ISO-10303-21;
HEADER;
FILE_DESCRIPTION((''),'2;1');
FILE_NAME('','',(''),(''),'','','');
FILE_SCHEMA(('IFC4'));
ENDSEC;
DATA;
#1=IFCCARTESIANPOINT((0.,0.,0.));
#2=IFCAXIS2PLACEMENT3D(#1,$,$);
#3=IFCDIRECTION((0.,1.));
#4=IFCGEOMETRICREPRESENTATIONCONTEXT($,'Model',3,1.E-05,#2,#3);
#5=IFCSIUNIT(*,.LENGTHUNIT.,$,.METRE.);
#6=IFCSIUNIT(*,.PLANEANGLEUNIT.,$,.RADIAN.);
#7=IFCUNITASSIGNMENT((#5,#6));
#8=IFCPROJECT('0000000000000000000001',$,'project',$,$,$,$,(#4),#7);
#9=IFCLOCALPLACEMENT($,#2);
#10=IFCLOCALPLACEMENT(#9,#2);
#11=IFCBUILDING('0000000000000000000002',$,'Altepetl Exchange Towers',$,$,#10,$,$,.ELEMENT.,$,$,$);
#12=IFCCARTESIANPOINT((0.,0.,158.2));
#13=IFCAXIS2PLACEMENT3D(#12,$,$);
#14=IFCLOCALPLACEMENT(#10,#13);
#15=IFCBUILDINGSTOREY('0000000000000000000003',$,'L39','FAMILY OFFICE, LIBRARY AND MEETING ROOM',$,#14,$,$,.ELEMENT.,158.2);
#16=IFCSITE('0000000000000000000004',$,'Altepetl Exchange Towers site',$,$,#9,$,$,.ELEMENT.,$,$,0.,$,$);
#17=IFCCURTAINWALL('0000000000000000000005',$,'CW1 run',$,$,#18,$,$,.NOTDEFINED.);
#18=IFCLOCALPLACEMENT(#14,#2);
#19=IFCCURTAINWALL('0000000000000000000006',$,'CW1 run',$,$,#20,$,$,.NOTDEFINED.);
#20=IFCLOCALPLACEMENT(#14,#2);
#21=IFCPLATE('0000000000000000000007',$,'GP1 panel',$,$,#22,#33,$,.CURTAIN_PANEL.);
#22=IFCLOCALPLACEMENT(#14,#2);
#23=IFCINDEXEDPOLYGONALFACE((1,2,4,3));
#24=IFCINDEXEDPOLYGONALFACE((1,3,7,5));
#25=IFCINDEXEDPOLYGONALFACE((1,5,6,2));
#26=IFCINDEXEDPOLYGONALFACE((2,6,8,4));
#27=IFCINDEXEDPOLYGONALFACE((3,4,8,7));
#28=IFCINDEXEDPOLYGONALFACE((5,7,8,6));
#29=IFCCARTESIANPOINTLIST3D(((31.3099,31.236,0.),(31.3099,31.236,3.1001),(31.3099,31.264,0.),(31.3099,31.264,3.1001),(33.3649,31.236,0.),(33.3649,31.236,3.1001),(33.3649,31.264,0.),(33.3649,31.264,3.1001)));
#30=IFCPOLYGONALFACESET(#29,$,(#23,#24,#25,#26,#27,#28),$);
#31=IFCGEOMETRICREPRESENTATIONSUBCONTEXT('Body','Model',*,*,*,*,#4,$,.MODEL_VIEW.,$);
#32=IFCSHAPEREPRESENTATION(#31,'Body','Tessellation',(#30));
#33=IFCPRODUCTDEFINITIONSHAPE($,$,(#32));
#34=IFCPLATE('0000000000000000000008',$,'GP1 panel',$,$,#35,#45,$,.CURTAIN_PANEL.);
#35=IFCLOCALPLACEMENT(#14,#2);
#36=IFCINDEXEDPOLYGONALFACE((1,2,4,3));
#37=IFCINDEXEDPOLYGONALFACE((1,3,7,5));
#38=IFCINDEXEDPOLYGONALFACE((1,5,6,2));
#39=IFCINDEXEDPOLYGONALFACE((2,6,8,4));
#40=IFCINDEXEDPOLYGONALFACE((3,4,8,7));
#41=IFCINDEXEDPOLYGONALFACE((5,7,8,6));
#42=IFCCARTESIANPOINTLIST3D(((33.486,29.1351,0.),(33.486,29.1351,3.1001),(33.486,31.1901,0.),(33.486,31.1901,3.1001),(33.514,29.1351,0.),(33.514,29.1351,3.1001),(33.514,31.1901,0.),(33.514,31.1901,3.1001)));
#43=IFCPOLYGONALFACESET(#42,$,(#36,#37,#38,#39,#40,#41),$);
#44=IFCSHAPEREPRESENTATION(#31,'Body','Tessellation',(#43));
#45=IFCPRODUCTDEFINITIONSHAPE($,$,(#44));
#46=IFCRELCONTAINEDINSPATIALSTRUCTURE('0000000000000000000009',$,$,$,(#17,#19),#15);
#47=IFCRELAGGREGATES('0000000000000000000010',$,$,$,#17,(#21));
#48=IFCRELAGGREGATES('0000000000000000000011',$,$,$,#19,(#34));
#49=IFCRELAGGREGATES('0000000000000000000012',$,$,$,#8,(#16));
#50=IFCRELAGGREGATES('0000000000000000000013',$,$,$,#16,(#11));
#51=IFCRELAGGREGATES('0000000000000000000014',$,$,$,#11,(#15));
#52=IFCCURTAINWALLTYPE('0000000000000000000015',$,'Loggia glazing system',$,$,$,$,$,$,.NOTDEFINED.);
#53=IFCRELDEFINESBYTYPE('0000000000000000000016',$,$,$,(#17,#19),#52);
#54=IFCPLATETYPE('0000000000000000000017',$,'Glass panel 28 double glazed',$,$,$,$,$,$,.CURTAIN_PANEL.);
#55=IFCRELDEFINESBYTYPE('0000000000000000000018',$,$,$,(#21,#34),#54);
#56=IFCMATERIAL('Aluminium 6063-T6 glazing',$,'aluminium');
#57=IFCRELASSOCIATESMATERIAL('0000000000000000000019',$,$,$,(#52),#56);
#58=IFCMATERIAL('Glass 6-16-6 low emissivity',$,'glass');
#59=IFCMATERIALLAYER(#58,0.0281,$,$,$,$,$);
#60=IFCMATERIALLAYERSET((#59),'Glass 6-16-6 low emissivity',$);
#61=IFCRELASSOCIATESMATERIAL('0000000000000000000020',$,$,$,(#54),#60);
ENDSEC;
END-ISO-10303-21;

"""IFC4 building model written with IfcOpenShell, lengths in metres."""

from ifc_helpers import new_model, si_unit, direction, frame, origin, origin_2d, place, context, subcontext, project, spatial, rectangle, extrude, material, layer, layer_set, type_object, element, aggregate, save


model = new_model("IFC4")

# Units and contexts
model_context = context("Model", 3, precision=1e-05, world=origin(), true_north=direction((0.0, 1.0)))
body_context = subcontext(model_context, "Body", "Model", "MODEL_VIEW")
ifc_project = project(units=[si_unit("LENGTHUNIT", "METRE"), si_unit("PLANEANGLEUNIT", "RADIAN")], contexts=[model_context])

# Site, building, storey
site_placement = place(None, origin())
site = spatial("IfcSite", under=ifc_project, at=site_placement, Name="Altepetl Exchange Towers site", CompositionType="ELEMENT", RefElevation=0.0)
building_placement = place(site_placement, origin())
building = spatial("IfcBuilding", under=site, at=building_placement, Name="Altepetl Exchange Towers", CompositionType="ELEMENT")
storey_placement = place(building_placement, frame((0.0, 0.0, 158.2)))
storey = spatial("IfcBuildingStorey", under=building, at=storey_placement, Name="L39", Description="FAMILY OFFICE, LIBRARY AND MEETING ROOM", CompositionType="ELEMENT", Elevation=158.2)

# Curtain walls
ifc_material_1 = material(Name="Aluminium 6063-T6 glazing", Category="aluminium")
curtain_wall_type = type_object("IfcCurtainWallType", Name="Loggia glazing system", PredefinedType="NOTDEFINED", material=ifc_material_1)
curtain_wall_1_placement = place(storey_placement, origin())
curtain_wall_1 = element("IfcCurtainWall", 1, at=curtain_wall_1_placement, inside=storey, type_object=curtain_wall_type, Name="CW1 run", PredefinedType="NOTDEFINED")
curtain_wall_2_placement = place(storey_placement, origin())
curtain_wall_2 = element("IfcCurtainWall", 2, at=curtain_wall_2_placement, inside=storey, type_object=curtain_wall_type, Name="CW1 run", PredefinedType="NOTDEFINED")

# Plates
ifc_material_2 = material(Name="Glass 6-16-6 low emissivity", Category="glass")
ifc_layer = layer(ifc_material_2, 0.0281)
ifc_layer_set = layer_set([ifc_layer], Name="Glass 6-16-6 low emissivity")
plate_type = type_object("IfcPlateType", Name="Glass panel 28 double glazed", PredefinedType="CURTAIN_PANEL", material=ifc_layer_set)
plate_1_placement = place(storey_placement, frame((32.3374, 31.25, 0.0)))
plate_1 = element("IfcPlate", 3, at=plate_1_placement, type_object=plate_type, Name="GP1 panel", PredefinedType="CURTAIN_PANEL", context=body_context, shape_type="SweptSolid", body=[
    extrude(rectangle(XDim=2.0549, YDim=0.0281, at=origin_2d()), origin(), (0.0, 0.0, 1.0), 3.1001),
])
aggregate(curtain_wall_1, [plate_1])
plate_2_placement = place(storey_placement, frame((33.5, 30.1626, 0.0), z_axis=(0.0, 0.0, 1.0), x_axis=(0.0, -1.0, 0.0)))
plate_2 = element("IfcPlate", 4, at=plate_2_placement, type_object=plate_type, Name="GP1 panel", PredefinedType="CURTAIN_PANEL", context=body_context, shape_type="SweptSolid", body=[
    extrude(rectangle(XDim=2.0549, YDim=0.0281, at=origin_2d()), origin(), (0.0, 0.0, 1.0), 3.1001),
])
aggregate(curtain_wall_2, [plate_2])

save(model, "model.ifc")
